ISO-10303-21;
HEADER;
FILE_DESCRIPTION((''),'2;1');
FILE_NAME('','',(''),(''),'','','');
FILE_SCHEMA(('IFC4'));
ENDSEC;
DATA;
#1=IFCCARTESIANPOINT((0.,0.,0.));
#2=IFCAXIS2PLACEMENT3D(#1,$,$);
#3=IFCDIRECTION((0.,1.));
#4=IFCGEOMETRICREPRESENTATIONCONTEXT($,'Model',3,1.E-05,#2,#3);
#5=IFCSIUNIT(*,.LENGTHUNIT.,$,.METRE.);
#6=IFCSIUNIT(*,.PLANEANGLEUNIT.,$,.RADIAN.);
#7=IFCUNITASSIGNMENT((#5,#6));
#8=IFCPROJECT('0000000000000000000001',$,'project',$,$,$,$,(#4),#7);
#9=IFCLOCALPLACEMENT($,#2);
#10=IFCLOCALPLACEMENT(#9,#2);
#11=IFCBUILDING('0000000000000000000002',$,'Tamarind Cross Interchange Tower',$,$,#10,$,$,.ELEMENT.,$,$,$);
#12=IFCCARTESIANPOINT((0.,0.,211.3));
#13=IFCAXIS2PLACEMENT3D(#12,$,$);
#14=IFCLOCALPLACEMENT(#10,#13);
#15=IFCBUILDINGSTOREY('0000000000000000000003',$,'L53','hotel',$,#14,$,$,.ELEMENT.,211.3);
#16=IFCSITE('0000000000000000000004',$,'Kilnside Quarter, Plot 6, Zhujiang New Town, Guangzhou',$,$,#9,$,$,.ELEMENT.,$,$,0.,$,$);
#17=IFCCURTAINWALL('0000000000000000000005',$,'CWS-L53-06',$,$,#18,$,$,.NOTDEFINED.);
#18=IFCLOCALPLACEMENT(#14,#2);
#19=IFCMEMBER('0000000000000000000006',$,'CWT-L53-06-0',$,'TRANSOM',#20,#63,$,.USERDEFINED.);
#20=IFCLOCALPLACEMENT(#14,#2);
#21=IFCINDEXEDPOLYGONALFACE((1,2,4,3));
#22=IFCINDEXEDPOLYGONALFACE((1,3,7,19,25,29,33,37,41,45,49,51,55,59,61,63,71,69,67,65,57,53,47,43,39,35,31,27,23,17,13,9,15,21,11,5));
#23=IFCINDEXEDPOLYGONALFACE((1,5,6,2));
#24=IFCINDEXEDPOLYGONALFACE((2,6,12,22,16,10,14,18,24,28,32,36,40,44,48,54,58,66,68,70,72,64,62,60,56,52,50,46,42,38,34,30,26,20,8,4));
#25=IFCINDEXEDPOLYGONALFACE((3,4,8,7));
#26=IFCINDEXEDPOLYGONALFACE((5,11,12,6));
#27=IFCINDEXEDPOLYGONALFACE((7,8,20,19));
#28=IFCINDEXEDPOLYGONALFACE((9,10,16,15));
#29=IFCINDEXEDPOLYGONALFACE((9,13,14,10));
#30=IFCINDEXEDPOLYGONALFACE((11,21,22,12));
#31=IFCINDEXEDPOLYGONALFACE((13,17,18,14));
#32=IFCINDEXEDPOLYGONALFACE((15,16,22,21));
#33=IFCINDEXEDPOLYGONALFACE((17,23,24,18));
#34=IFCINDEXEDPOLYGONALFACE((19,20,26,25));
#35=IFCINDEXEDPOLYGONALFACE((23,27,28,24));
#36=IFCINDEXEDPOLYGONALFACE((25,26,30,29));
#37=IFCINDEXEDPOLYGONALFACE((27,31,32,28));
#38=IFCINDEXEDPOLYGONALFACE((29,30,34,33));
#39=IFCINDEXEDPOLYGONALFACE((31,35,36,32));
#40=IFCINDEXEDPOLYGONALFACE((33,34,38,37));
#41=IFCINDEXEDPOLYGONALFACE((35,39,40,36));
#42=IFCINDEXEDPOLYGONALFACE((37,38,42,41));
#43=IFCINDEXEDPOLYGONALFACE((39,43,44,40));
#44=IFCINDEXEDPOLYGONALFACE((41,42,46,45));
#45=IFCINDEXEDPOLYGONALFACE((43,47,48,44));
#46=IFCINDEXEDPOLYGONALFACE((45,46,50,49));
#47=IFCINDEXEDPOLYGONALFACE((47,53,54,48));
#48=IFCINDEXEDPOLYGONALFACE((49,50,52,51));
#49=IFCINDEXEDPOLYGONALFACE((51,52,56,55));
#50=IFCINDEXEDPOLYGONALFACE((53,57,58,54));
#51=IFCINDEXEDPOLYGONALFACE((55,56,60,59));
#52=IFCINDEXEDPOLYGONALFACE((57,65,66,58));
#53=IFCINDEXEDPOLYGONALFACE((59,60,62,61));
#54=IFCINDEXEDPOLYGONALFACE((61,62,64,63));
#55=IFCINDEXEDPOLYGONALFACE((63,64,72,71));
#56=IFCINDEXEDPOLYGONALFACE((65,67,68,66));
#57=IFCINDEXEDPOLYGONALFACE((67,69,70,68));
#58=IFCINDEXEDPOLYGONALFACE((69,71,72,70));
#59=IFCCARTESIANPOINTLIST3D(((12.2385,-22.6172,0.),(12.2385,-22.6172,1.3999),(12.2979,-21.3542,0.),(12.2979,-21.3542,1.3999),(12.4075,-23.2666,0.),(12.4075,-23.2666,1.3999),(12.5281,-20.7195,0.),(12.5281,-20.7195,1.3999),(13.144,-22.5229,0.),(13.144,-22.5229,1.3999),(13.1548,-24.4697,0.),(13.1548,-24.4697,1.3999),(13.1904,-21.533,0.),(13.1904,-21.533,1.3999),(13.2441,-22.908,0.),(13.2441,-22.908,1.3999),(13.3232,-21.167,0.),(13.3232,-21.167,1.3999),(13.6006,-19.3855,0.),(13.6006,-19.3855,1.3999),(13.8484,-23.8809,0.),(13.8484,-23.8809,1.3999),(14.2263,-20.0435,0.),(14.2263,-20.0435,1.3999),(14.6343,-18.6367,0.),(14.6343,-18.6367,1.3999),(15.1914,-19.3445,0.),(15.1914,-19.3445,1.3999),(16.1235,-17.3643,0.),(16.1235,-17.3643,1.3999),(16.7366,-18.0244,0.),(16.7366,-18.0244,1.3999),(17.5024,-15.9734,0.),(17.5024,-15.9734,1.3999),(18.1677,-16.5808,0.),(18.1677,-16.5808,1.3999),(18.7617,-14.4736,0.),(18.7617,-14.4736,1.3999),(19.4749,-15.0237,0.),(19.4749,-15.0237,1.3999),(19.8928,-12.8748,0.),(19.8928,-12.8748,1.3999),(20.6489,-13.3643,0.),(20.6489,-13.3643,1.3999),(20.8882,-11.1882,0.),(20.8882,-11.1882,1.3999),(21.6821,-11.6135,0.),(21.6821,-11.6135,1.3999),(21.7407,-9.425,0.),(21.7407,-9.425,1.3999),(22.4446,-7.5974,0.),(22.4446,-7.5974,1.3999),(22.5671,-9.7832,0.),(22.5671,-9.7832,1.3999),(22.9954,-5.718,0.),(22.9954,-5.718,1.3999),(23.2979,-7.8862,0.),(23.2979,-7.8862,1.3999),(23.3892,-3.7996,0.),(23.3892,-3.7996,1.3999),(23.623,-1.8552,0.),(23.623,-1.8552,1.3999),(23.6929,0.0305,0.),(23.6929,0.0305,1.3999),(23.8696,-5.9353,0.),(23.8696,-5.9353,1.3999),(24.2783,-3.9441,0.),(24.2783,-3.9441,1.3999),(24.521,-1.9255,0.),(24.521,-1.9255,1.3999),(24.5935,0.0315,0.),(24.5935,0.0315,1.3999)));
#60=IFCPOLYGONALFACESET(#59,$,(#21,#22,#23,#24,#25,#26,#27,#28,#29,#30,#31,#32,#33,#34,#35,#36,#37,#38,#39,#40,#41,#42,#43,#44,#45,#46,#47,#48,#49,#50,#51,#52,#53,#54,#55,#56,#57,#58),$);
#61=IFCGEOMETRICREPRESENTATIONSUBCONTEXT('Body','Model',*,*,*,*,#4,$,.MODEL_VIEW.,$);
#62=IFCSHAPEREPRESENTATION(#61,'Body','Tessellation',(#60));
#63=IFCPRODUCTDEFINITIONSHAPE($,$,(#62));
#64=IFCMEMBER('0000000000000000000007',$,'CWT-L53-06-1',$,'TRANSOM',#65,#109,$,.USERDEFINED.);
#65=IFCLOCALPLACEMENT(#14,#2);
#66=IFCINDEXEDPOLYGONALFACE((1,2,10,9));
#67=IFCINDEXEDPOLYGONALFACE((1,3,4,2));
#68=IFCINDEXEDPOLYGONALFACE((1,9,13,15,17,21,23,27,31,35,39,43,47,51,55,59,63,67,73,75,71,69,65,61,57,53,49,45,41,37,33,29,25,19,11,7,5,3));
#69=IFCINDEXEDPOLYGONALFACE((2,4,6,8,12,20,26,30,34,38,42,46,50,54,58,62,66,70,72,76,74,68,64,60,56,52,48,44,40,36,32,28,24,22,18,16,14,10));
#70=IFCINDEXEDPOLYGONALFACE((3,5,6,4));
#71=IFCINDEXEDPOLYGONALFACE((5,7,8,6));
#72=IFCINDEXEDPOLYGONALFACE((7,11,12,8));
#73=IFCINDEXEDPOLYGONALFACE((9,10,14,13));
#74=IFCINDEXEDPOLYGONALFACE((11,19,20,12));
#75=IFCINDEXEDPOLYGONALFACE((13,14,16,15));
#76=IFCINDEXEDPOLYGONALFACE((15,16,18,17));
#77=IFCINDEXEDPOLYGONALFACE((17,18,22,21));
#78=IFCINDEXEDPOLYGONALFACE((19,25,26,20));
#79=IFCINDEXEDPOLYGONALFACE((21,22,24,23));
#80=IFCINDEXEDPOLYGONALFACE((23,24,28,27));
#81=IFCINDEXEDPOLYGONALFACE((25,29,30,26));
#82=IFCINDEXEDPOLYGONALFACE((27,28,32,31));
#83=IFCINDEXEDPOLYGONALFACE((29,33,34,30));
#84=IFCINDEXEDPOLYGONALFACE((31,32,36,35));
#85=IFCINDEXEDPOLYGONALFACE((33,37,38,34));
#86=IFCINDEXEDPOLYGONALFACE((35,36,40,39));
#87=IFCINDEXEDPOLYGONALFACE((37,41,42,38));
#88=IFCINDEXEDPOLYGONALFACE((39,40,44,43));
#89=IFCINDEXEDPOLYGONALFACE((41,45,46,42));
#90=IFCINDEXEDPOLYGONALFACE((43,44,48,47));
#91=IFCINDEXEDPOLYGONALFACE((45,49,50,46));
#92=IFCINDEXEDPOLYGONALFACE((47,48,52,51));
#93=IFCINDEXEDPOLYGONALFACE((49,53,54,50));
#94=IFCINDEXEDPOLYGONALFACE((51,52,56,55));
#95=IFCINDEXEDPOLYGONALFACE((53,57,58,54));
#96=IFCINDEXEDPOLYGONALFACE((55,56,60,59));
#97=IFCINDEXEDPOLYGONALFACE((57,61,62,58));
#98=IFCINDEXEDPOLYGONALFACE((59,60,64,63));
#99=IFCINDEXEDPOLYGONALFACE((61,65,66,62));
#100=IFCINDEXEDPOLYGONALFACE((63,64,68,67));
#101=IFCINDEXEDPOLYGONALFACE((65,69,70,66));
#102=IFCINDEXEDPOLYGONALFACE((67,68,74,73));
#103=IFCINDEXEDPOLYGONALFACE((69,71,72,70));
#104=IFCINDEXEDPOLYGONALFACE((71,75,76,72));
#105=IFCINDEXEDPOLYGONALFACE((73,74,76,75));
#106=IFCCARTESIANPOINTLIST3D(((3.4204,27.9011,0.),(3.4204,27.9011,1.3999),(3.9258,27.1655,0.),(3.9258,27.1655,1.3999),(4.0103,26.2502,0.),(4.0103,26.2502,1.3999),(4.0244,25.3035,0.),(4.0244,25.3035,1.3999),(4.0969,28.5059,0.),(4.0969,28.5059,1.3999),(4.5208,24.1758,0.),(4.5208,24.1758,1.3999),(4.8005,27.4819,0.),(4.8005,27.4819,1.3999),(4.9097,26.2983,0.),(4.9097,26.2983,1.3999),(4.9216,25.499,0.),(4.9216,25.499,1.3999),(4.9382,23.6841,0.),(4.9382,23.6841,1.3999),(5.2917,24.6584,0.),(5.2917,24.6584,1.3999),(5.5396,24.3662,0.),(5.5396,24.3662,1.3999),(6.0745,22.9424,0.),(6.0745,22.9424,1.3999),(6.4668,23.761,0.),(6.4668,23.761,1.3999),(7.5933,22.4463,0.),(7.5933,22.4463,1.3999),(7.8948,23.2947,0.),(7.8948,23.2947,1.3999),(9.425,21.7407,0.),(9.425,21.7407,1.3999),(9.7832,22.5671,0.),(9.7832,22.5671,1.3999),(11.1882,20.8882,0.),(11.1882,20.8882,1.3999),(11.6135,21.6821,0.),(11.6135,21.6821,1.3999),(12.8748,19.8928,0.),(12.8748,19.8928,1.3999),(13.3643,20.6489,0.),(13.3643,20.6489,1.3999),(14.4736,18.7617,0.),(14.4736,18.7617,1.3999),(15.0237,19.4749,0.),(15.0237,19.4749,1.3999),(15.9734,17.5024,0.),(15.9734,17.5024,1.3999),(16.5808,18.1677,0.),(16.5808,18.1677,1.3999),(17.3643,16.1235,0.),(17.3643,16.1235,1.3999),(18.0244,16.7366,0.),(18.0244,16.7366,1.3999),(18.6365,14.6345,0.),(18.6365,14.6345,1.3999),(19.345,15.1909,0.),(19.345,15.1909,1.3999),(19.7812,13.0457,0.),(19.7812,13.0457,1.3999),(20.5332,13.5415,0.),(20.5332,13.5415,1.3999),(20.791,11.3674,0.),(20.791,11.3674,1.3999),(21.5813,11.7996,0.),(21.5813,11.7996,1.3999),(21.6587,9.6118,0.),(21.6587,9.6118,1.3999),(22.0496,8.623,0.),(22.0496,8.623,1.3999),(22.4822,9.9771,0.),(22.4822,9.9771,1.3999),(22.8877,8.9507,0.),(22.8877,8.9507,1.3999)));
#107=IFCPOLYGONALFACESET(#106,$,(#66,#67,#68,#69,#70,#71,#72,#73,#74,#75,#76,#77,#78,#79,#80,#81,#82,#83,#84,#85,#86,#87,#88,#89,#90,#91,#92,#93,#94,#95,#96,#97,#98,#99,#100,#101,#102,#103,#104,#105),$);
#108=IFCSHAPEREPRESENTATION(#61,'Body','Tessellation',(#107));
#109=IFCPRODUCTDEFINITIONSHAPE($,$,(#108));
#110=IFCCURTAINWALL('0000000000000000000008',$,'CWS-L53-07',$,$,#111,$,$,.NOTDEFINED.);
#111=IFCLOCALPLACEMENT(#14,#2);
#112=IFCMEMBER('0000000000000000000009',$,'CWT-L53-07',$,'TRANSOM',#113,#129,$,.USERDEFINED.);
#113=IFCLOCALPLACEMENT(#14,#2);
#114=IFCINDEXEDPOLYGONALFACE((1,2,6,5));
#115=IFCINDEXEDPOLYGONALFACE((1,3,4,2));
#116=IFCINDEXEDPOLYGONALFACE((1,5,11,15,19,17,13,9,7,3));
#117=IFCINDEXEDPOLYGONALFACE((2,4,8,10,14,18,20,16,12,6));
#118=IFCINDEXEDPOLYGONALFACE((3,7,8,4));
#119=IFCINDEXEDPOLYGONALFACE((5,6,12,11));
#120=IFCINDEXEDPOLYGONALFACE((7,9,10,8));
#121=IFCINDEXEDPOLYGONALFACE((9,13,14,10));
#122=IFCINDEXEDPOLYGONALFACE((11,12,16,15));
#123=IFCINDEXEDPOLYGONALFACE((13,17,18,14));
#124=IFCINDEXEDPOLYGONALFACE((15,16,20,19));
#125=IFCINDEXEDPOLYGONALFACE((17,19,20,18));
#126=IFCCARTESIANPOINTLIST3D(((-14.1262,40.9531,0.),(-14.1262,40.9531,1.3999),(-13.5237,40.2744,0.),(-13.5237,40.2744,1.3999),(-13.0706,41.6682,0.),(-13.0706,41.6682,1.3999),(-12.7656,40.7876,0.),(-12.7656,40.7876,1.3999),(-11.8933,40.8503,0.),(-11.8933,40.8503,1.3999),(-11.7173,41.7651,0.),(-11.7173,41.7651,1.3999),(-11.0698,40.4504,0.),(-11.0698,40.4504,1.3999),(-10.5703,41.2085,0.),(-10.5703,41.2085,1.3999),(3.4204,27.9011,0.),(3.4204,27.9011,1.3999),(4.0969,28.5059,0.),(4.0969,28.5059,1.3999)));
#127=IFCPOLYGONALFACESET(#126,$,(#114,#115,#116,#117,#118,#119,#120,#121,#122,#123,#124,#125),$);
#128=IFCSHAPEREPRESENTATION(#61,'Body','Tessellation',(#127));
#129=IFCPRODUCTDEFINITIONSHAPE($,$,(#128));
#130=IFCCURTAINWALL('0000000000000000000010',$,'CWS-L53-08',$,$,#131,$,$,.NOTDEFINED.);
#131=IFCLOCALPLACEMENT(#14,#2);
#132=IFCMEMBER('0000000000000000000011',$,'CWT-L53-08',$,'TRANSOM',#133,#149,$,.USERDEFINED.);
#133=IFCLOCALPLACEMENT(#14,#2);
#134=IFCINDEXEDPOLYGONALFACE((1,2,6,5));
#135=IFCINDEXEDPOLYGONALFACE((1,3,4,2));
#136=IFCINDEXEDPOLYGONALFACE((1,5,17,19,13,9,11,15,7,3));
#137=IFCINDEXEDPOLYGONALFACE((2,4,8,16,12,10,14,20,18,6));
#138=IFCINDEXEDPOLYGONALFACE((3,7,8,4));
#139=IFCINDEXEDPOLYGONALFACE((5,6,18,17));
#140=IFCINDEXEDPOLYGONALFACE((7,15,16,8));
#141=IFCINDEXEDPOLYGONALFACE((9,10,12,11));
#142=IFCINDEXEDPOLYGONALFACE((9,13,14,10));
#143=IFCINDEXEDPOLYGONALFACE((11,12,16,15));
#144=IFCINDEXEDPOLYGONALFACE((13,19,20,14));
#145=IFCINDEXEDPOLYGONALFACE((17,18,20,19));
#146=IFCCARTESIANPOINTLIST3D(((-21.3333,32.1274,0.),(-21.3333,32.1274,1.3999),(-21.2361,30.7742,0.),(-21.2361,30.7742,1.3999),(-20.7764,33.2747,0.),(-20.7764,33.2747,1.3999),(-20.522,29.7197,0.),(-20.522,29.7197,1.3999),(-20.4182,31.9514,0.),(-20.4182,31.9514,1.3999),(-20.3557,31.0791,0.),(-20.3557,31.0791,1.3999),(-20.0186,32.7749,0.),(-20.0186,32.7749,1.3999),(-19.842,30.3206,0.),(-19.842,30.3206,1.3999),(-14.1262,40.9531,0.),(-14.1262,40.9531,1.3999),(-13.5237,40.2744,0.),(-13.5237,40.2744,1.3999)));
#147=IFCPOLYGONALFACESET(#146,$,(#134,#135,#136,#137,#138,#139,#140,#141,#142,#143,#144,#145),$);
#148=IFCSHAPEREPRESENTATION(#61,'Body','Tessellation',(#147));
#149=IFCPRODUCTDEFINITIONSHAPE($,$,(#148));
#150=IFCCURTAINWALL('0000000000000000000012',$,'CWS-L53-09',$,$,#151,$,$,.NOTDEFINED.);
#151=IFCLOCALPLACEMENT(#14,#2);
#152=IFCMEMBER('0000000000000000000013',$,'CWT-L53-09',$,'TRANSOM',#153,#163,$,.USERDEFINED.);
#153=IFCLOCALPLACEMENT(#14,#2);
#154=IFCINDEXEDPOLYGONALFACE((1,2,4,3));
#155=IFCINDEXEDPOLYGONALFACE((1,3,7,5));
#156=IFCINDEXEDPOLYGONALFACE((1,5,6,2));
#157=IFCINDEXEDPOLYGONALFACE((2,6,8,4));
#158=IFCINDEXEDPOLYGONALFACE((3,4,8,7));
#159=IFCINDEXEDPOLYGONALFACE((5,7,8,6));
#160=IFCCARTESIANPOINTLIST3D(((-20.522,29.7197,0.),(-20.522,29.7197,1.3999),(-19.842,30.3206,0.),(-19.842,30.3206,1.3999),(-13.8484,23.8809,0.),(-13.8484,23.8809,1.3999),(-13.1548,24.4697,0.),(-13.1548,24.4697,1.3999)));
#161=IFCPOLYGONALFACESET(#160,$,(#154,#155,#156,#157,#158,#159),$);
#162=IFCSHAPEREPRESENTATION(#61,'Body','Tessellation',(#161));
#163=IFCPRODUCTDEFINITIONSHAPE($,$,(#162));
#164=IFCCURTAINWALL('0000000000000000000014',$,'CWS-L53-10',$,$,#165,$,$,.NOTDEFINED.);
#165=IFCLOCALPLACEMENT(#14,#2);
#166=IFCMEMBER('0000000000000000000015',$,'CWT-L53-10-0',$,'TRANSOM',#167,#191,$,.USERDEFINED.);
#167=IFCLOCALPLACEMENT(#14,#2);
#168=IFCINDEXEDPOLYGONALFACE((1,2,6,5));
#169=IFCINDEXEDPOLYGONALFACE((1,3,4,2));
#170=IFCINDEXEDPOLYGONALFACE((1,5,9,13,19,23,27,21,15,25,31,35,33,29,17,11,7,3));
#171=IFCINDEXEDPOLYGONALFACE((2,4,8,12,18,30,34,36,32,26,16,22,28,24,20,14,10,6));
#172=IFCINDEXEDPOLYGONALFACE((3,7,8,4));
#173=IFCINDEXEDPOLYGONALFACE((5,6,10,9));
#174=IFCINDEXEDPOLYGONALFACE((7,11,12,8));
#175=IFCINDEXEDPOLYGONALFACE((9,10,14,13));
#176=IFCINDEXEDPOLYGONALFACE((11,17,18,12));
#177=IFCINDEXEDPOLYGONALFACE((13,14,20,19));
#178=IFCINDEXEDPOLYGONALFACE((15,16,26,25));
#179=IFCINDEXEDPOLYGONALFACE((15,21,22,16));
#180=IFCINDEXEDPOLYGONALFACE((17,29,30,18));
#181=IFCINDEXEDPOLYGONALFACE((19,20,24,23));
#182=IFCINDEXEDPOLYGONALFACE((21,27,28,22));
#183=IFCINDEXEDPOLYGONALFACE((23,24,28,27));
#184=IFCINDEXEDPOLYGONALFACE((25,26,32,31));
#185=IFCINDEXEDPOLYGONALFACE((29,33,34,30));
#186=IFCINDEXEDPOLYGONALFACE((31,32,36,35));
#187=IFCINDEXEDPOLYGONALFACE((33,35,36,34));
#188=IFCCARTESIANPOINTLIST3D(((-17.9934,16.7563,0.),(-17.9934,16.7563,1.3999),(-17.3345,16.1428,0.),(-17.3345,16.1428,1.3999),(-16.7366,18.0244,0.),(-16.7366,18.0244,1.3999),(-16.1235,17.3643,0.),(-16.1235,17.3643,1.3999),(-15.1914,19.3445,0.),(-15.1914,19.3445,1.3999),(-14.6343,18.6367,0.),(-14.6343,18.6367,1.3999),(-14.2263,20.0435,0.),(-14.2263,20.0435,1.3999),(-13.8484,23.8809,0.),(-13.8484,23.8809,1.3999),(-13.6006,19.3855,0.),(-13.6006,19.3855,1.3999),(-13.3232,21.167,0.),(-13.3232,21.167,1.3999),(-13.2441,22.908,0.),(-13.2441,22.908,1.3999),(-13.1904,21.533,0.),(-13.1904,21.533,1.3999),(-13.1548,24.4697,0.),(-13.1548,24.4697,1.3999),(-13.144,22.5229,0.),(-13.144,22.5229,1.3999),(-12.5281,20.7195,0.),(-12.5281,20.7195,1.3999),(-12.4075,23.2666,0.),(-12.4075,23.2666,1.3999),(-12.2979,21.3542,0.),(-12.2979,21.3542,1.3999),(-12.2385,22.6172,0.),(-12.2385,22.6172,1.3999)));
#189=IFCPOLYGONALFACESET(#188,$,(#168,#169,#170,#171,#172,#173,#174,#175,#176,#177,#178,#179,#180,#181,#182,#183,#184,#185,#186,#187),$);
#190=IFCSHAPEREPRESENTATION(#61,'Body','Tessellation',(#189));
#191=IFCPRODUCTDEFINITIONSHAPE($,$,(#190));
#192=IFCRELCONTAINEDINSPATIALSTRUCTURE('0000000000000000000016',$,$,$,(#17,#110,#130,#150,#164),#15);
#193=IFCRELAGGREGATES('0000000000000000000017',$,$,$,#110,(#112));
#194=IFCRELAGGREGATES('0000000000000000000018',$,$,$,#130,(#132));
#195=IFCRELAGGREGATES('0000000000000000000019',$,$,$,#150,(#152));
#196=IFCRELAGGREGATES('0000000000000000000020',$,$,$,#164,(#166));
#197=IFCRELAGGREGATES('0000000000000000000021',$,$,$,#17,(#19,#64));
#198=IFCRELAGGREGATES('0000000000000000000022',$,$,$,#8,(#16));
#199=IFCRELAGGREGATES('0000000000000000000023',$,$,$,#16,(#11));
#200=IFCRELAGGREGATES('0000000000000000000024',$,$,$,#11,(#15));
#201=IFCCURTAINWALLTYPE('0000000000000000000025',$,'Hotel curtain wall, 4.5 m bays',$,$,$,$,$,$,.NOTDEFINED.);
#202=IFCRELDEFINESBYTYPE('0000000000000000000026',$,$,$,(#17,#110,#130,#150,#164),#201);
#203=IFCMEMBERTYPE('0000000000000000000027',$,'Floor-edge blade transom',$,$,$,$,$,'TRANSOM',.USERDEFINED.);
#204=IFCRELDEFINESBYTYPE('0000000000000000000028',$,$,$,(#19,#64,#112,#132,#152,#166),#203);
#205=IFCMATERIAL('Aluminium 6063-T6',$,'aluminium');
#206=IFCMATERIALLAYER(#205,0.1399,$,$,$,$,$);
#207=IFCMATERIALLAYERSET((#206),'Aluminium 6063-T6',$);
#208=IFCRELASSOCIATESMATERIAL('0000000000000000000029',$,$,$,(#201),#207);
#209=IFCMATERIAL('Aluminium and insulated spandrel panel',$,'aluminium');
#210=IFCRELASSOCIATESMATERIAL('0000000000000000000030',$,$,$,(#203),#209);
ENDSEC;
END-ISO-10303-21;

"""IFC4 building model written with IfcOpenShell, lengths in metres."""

from ifc_helpers import new_model, si_unit, direction, frame, origin, place, context, subcontext, project, spatial, polyline, outline, extrude, material, layer, layer_set, type_object, element, aggregate, save


model = new_model("IFC4")

# Units and contexts
model_context = context("Model", 3, precision=1e-05, world=origin(), true_north=direction((0.0, 1.0)))
body_context = subcontext(model_context, "Body", "Model", "MODEL_VIEW")
ifc_project = project(units=[si_unit("LENGTHUNIT", "METRE"), si_unit("PLANEANGLEUNIT", "RADIAN")], contexts=[model_context])

# Site, building, storey
site_placement = place(None, origin())
site = spatial("IfcSite", under=ifc_project, at=site_placement, Name="Kilnside Quarter, Plot 6, Zhujiang New Town, Guangzhou", CompositionType="ELEMENT", RefElevation=0.0)
building_placement = place(site_placement, origin())
building = spatial("IfcBuilding", under=site, at=building_placement, Name="Tamarind Cross Interchange Tower", CompositionType="ELEMENT")
storey_placement = place(building_placement, frame((0.0, 0.0, 211.3)))
storey = spatial("IfcBuildingStorey", under=building, at=storey_placement, Name="L53", Description="hotel", CompositionType="ELEMENT", Elevation=211.3)

# Curtain wall, members
ifc_material_1 = material(Name="Aluminium 6063-T6", Category="aluminium")
ifc_layer_1 = layer(ifc_material_1, 0.1399)
ifc_layer_set_1 = layer_set([ifc_layer_1], Name="Aluminium 6063-T6")
curtain_wall_type = type_object("IfcCurtainWallType", Name="Hotel curtain wall, 4.5 m bays", PredefinedType="NOTDEFINED", material=ifc_layer_set_1)
curtain_wall_1_placement = place(storey_placement, origin())
curtain_wall_1 = element("IfcCurtainWall", 1, at=curtain_wall_1_placement, inside=storey, type_object=curtain_wall_type, Name="CWS-L53-06", PredefinedType="NOTDEFINED")
ifc_material_2 = material(Name="Aluminium and insulated spandrel panel", Category="aluminium")
member_type = type_object("IfcMemberType", Name="Floor-edge blade transom", ElementType="TRANSOM", PredefinedType="USERDEFINED", material=ifc_material_2)
member_1_placement = place(storey_placement, origin())
member_1 = element("IfcMember", 2, at=member_1_placement, type_object=member_type, Name="CWT-L53-06-0", ObjectType="TRANSOM", PredefinedType="USERDEFINED", context=body_context, shape_type="SweptSolid", body=[
    extrude(outline(polyline([(13.1548, -24.4697), (12.4075, -23.2666), (12.2385, -22.6172), (12.2979, -21.3542), (12.5281, -20.7195), (13.6006, -19.3855), (14.6343, -18.6367), (16.1235, -17.3643), (17.5024, -15.9734), (18.7617, -14.4736), (19.8928, -12.8748), (20.8882, -11.1882), (21.7407, -9.425), (22.4446, -7.5974), (22.9954, -5.718), (23.3892, -3.7996), (23.623, -1.8552), (23.6929, 0.0305), (24.5935, 0.0315), (24.521, -1.9255), (24.2783, -3.9441), (23.8696, -5.9353), (23.2979, -7.8862), (22.5671, -9.7832), (21.6821, -11.6135), (20.6489, -13.3643), (19.4749, -15.0237), (18.1677, -16.5808), (16.7366, -18.0244), (15.1914, -19.3445), (14.2263, -20.0435), (13.3232, -21.167), (13.1904, -21.533), (13.144, -22.5229), (13.2441, -22.908), (13.8484, -23.8809), (13.1548, -24.4697)])), origin(), (0.0, 0.0, 1.0), 1.3999),
])
member_2_placement = place(storey_placement, origin())
member_2 = element("IfcMember", 3, at=member_2_placement, type_object=member_type, Name="CWT-L53-06-1", ObjectType="TRANSOM", PredefinedType="USERDEFINED", context=body_context, shape_type="SweptSolid", body=[
    extrude(outline(polyline([(22.0496, 8.623), (21.6587, 9.6118), (20.791, 11.3674), (19.7812, 13.0457), (18.6365, 14.6345), (17.3643, 16.1235), (15.9734, 17.5024), (14.4736, 18.7617), (12.8748, 19.8928), (11.1882, 20.8882), (9.425, 21.7407), (7.5933, 22.4463), (6.0745, 22.9424), (4.9382, 23.6841), (4.5208, 24.1758), (4.0244, 25.3035), (4.0103, 26.2502), (3.9258, 27.1655), (3.4204, 27.9011), (4.0969, 28.5059), (4.8005, 27.4819), (4.9097, 26.2983), (4.9216, 25.499), (5.2917, 24.6584), (5.5396, 24.3662), (6.4668, 23.761), (7.8948, 23.2947), (9.7832, 22.5671), (11.6135, 21.6821), (13.3643, 20.6489), (15.0237, 19.4749), (16.5808, 18.1677), (18.0244, 16.7366), (19.345, 15.1909), (20.5332, 13.5415), (21.5813, 11.7996), (22.4822, 9.9771), (22.8877, 8.9507), (22.0496, 8.623)])), origin(), (0.0, 0.0, 1.0), 1.3999),
])

# Curtain walls, members
curtain_wall_2_placement = place(storey_placement, origin())
curtain_wall_2 = element("IfcCurtainWall", 4, at=curtain_wall_2_placement, inside=storey, type_object=curtain_wall_type, Name="CWS-L53-07", PredefinedType="NOTDEFINED")
member_3_placement = place(storey_placement, origin())
member_3 = element("IfcMember", 5, at=member_3_placement, type_object=member_type, Name="CWT-L53-07", ObjectType="TRANSOM", PredefinedType="USERDEFINED", context=body_context, shape_type="SweptSolid", body=[
    extrude(outline(polyline([(3.4204, 27.9011), (-11.0698, 40.4504), (-11.8933, 40.8503), (-12.7656, 40.7876), (-13.5237, 40.2744), (-14.1262, 40.9531), (-13.0706, 41.6682), (-11.7173, 41.7651), (-10.5703, 41.2085), (4.0969, 28.5059), (3.4204, 27.9011)])), origin(), (0.0, 0.0, 1.0), 1.3999),
])
aggregate(curtain_wall_2, [member_3])
curtain_wall_3_placement = place(storey_placement, origin())
curtain_wall_3 = element("IfcCurtainWall", 6, at=curtain_wall_3_placement, inside=storey, type_object=curtain_wall_type, Name="CWS-L53-08", PredefinedType="NOTDEFINED")
member_4_placement = place(storey_placement, origin())
member_4 = element("IfcMember", 7, at=member_4_placement, type_object=member_type, Name="CWT-L53-08", ObjectType="TRANSOM", PredefinedType="USERDEFINED", context=body_context, shape_type="SweptSolid", body=[
    extrude(outline(polyline([(-13.5237, 40.2744), (-20.0186, 32.7749), (-20.4182, 31.9514), (-20.3557, 31.0791), (-19.842, 30.3206), (-20.522, 29.7197), (-21.2361, 30.7742), (-21.3333, 32.1274), (-20.7764, 33.2747), (-14.1262, 40.9531), (-13.5237, 40.2744)])), origin(), (0.0, 0.0, 1.0), 1.3999),
])
aggregate(curtain_wall_3, [member_4])
curtain_wall_4_placement = place(storey_placement, origin())
curtain_wall_4 = element("IfcCurtainWall", 8, at=curtain_wall_4_placement, inside=storey, type_object=curtain_wall_type, Name="CWS-L53-09", PredefinedType="NOTDEFINED")
member_5_placement = place(storey_placement, origin())
member_5 = element("IfcMember", 9, at=member_5_placement, type_object=member_type, Name="CWT-L53-09", ObjectType="TRANSOM", PredefinedType="USERDEFINED", context=body_context, shape_type="SweptSolid", body=[
    extrude(outline(polyline([(-19.842, 30.3206), (-13.1548, 24.4697), (-13.8484, 23.8809), (-20.522, 29.7197), (-19.842, 30.3206)])), origin(), (0.0, 0.0, 1.0), 1.3999),
])
aggregate(curtain_wall_4, [member_5])

# Curtain wall, member
curtain_wall_5_placement = place(storey_placement, origin())
curtain_wall_5 = element("IfcCurtainWall", 10, at=curtain_wall_5_placement, inside=storey, type_object=curtain_wall_type, Name="CWS-L53-10", PredefinedType="NOTDEFINED")
member_6_placement = place(storey_placement, origin())
member_6 = element("IfcMember", 11, at=member_6_placement, type_object=member_type, Name="CWT-L53-10-0", ObjectType="TRANSOM", PredefinedType="USERDEFINED", context=body_context, shape_type="SweptSolid", body=[
    extrude(outline(polyline([(-13.1548, 24.4697), (-12.4075, 23.2666), (-12.2385, 22.6172), (-12.2979, 21.3542), (-12.5281, 20.7195), (-13.6006, 19.3855), (-14.6343, 18.6367), (-16.1235, 17.3643), (-17.3345, 16.1428), (-17.9934, 16.7563), (-16.7366, 18.0244), (-15.1914, 19.3445), (-14.2263, 20.0435), (-13.3232, 21.167), (-13.1904, 21.533), (-13.144, 22.5229), (-13.2441, 22.908), (-13.8484, 23.8809), (-13.1548, 24.4697)])), origin(), (0.0, 0.0, 1.0), 1.3999),
])
aggregate(curtain_wall_5, [member_6])

aggregate(curtain_wall_1, [member_1, member_2])

save(model, "model.ifc")
